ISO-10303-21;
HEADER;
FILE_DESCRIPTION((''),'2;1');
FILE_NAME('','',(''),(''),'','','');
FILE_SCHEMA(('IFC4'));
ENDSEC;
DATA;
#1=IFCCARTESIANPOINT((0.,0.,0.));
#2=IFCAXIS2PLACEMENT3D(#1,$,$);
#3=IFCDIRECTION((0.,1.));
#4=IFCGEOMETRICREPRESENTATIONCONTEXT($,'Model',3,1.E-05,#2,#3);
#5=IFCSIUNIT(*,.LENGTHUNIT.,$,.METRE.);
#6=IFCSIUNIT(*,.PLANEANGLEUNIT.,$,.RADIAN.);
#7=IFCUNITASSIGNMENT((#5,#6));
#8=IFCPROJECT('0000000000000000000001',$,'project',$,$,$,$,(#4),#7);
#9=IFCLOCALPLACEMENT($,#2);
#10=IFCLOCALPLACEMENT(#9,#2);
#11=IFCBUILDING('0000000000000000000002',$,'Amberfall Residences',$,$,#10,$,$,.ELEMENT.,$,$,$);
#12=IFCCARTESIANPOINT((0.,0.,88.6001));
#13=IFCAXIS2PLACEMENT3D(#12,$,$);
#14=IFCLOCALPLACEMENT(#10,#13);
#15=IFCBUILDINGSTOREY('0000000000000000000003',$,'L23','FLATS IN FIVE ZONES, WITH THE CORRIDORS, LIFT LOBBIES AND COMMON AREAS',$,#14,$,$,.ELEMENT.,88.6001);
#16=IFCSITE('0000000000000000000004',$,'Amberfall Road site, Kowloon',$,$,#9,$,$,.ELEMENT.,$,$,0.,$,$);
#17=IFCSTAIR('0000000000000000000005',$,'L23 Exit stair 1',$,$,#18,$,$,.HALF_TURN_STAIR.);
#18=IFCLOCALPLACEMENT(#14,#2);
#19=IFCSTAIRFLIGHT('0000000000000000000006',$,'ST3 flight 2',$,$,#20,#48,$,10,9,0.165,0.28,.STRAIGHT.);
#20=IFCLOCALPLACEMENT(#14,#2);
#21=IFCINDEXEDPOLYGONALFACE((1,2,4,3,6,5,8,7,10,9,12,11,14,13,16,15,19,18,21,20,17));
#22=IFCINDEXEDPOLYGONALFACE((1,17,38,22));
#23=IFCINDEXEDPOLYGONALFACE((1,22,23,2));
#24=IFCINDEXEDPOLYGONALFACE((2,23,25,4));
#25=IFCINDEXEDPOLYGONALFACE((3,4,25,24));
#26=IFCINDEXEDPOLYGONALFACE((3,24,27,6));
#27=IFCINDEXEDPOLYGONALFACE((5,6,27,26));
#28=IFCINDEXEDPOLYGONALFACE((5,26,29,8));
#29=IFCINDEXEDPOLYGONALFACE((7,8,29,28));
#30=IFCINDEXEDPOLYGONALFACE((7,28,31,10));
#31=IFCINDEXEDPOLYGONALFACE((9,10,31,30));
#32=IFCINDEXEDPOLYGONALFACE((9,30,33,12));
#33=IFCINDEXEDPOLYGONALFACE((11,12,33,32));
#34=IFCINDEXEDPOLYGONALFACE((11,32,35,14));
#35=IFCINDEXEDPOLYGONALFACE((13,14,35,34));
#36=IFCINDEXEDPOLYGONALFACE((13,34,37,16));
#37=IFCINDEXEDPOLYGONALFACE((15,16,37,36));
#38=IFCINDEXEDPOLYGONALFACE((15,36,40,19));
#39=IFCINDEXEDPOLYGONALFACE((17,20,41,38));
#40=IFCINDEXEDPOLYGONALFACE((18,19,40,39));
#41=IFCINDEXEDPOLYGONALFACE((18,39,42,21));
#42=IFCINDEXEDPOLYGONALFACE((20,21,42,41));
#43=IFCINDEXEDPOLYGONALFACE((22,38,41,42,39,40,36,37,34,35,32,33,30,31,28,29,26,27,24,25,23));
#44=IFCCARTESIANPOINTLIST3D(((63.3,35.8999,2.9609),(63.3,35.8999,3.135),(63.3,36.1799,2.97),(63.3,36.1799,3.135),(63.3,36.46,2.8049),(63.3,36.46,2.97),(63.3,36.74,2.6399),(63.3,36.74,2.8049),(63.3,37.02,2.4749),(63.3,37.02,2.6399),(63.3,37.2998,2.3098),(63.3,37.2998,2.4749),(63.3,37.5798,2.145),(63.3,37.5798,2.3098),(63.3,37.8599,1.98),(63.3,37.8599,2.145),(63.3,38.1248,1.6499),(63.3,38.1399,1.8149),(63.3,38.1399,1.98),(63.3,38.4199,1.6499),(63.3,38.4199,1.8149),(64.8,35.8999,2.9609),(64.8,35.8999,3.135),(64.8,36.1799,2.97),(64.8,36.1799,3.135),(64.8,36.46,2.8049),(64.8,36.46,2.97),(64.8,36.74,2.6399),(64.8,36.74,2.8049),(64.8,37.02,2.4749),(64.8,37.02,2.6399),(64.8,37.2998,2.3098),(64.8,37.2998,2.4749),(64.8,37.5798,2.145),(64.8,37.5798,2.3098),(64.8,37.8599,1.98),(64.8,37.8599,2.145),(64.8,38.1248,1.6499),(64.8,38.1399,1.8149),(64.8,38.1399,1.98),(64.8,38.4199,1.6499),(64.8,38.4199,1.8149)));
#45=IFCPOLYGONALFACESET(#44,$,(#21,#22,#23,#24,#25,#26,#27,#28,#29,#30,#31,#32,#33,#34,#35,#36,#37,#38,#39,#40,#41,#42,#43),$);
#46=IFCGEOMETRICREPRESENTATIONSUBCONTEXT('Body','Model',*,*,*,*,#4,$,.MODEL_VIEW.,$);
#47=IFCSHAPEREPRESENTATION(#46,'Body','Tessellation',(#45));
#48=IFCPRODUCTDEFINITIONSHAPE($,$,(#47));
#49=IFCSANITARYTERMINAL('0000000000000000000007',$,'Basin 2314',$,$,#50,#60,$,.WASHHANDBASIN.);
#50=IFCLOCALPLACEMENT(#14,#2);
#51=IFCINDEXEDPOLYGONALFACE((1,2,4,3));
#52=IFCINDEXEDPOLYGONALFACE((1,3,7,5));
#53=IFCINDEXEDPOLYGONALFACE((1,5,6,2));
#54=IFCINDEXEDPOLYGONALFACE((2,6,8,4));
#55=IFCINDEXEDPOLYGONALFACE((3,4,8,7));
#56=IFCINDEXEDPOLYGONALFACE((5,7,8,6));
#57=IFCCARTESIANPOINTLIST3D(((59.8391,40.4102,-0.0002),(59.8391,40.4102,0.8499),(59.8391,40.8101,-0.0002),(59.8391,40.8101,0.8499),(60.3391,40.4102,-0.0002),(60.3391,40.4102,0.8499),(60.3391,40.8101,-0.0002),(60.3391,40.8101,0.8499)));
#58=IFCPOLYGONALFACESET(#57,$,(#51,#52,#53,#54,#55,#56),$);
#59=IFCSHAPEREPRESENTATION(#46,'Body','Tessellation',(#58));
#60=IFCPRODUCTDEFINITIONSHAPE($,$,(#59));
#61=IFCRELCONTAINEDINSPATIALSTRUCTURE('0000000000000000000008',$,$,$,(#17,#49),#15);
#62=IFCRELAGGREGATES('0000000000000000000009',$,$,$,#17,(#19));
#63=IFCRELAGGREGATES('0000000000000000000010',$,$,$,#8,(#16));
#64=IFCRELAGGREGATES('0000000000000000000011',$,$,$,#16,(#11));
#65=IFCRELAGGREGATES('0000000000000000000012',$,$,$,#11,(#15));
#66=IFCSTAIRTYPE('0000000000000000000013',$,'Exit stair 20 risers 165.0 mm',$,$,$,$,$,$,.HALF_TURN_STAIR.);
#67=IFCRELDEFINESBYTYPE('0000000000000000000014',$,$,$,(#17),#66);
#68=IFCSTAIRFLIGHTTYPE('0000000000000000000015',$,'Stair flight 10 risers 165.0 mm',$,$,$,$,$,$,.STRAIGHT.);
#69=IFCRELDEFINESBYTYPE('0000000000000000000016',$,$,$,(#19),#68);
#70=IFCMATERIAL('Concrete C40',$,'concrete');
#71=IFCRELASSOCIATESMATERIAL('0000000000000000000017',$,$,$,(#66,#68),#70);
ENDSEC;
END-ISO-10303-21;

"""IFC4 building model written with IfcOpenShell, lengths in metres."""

from ifc_helpers import new_model, si_unit, direction, frame, origin, origin_2d, place, context, subcontext, project, spatial, polyline, rectangle, outline, extrude, material, type_object, element, aggregate, save


model = new_model("IFC4")

# Units and contexts
model_context = context("Model", 3, precision=1e-05, world=origin(), true_north=direction((0.0, 1.0)))
body_context = subcontext(model_context, "Body", "Model", "MODEL_VIEW")
ifc_project = project(units=[si_unit("LENGTHUNIT", "METRE"), si_unit("PLANEANGLEUNIT", "RADIAN")], contexts=[model_context])

# Site, building, storey
site_placement = place(None, origin())
site = spatial("IfcSite", under=ifc_project, at=site_placement, Name="Amberfall Road site, Kowloon", CompositionType="ELEMENT", RefElevation=0.0)
building_placement = place(site_placement, origin())
building = spatial("IfcBuilding", under=site, at=building_placement, Name="Amberfall Residences", CompositionType="ELEMENT")
storey_placement = place(building_placement, frame((0.0, 0.0, 88.6001)))
storey = spatial("IfcBuildingStorey", under=building, at=storey_placement, Name="L23", Description="FLATS IN FIVE ZONES, WITH THE CORRIDORS, LIFT LOBBIES AND COMMON AREAS", CompositionType="ELEMENT", Elevation=88.6001)

# Stair, stair flight
ifc_material_1 = material(Name="Concrete C40", Category="concrete")
stair_type = type_object("IfcStairType", Name="Exit stair 20 risers 165.0 mm", PredefinedType="HALF_TURN_STAIR", material=ifc_material_1)
stair_placement = place(storey_placement, origin())
stair = element("IfcStair", 1, at=stair_placement, inside=storey, type_object=stair_type, Name="L23 Exit stair 1", PredefinedType="HALF_TURN_STAIR")
stair_flight_type = type_object("IfcStairFlightType", Name="Stair flight 10 risers 165.0 mm", PredefinedType="STRAIGHT", material=ifc_material_1)
stair_flight_1_placement = place(storey_placement, frame((64.05, 38.4199, 1.6499), z_axis=(0.0, 0.0, 1.0), x_axis=(0.0, -1.0, 0.0)))
stair_flight_1 = element("IfcStairFlight", 2, at=stair_flight_1_placement, type_object=stair_flight_type, Name="ST3 flight 2", NumberOfRisers=10, NumberOfTreads=9, PredefinedType="STRAIGHT", RiserHeight=0.165, TreadLength=0.28, context=body_context, shape_type="SweptSolid", body=[
    extrude(outline(polyline([(0.0, 0.0), (0.0, 0.165), (0.28, 0.165), (0.28, 0.3301), (0.5601, 0.3301), (0.5601, 0.4951), (0.8401, 0.4951), (0.8401, 0.6599), (1.1201, 0.6599), (1.1201, 0.825), (1.3999, 0.825), (1.3999, 0.99), (1.6799, 0.99), (1.6799, 1.155), (1.96, 1.155), (1.96, 1.3201), (2.24, 1.3201), (2.24, 1.4851), (2.52, 1.4851), (2.52, 1.6499), (2.52, 1.311), (0.2952, 0.0), (0.0, 0.0)])), frame((0.0, 0.75, 0.0), z_axis=(0.0, -1.0, 0.0), x_axis=(1.0, 0.0, 0.0)), (0.0, 0.0, 1.0), 1.5),
])
aggregate(stair, [stair_flight_1])

# Sanitary terminal
sanitary_terminal_placement = place(storey_placement, frame((60.0891, 40.6101, -0.0002), z_axis=(0.0, 0.0, 1.0), x_axis=(1.0, 0.0, 0.0)))
element("IfcSanitaryTerminal", 3, at=sanitary_terminal_placement, inside=storey, Name="Basin 2314", PredefinedType="WASHHANDBASIN", context=body_context, shape_type="SweptSolid", body=[
    extrude(rectangle(XDim=0.5, YDim=0.3999, at=origin_2d()), origin(), (0.0, 0.0, 1.0), 0.8501),
])

save(model, "model.ifc")
